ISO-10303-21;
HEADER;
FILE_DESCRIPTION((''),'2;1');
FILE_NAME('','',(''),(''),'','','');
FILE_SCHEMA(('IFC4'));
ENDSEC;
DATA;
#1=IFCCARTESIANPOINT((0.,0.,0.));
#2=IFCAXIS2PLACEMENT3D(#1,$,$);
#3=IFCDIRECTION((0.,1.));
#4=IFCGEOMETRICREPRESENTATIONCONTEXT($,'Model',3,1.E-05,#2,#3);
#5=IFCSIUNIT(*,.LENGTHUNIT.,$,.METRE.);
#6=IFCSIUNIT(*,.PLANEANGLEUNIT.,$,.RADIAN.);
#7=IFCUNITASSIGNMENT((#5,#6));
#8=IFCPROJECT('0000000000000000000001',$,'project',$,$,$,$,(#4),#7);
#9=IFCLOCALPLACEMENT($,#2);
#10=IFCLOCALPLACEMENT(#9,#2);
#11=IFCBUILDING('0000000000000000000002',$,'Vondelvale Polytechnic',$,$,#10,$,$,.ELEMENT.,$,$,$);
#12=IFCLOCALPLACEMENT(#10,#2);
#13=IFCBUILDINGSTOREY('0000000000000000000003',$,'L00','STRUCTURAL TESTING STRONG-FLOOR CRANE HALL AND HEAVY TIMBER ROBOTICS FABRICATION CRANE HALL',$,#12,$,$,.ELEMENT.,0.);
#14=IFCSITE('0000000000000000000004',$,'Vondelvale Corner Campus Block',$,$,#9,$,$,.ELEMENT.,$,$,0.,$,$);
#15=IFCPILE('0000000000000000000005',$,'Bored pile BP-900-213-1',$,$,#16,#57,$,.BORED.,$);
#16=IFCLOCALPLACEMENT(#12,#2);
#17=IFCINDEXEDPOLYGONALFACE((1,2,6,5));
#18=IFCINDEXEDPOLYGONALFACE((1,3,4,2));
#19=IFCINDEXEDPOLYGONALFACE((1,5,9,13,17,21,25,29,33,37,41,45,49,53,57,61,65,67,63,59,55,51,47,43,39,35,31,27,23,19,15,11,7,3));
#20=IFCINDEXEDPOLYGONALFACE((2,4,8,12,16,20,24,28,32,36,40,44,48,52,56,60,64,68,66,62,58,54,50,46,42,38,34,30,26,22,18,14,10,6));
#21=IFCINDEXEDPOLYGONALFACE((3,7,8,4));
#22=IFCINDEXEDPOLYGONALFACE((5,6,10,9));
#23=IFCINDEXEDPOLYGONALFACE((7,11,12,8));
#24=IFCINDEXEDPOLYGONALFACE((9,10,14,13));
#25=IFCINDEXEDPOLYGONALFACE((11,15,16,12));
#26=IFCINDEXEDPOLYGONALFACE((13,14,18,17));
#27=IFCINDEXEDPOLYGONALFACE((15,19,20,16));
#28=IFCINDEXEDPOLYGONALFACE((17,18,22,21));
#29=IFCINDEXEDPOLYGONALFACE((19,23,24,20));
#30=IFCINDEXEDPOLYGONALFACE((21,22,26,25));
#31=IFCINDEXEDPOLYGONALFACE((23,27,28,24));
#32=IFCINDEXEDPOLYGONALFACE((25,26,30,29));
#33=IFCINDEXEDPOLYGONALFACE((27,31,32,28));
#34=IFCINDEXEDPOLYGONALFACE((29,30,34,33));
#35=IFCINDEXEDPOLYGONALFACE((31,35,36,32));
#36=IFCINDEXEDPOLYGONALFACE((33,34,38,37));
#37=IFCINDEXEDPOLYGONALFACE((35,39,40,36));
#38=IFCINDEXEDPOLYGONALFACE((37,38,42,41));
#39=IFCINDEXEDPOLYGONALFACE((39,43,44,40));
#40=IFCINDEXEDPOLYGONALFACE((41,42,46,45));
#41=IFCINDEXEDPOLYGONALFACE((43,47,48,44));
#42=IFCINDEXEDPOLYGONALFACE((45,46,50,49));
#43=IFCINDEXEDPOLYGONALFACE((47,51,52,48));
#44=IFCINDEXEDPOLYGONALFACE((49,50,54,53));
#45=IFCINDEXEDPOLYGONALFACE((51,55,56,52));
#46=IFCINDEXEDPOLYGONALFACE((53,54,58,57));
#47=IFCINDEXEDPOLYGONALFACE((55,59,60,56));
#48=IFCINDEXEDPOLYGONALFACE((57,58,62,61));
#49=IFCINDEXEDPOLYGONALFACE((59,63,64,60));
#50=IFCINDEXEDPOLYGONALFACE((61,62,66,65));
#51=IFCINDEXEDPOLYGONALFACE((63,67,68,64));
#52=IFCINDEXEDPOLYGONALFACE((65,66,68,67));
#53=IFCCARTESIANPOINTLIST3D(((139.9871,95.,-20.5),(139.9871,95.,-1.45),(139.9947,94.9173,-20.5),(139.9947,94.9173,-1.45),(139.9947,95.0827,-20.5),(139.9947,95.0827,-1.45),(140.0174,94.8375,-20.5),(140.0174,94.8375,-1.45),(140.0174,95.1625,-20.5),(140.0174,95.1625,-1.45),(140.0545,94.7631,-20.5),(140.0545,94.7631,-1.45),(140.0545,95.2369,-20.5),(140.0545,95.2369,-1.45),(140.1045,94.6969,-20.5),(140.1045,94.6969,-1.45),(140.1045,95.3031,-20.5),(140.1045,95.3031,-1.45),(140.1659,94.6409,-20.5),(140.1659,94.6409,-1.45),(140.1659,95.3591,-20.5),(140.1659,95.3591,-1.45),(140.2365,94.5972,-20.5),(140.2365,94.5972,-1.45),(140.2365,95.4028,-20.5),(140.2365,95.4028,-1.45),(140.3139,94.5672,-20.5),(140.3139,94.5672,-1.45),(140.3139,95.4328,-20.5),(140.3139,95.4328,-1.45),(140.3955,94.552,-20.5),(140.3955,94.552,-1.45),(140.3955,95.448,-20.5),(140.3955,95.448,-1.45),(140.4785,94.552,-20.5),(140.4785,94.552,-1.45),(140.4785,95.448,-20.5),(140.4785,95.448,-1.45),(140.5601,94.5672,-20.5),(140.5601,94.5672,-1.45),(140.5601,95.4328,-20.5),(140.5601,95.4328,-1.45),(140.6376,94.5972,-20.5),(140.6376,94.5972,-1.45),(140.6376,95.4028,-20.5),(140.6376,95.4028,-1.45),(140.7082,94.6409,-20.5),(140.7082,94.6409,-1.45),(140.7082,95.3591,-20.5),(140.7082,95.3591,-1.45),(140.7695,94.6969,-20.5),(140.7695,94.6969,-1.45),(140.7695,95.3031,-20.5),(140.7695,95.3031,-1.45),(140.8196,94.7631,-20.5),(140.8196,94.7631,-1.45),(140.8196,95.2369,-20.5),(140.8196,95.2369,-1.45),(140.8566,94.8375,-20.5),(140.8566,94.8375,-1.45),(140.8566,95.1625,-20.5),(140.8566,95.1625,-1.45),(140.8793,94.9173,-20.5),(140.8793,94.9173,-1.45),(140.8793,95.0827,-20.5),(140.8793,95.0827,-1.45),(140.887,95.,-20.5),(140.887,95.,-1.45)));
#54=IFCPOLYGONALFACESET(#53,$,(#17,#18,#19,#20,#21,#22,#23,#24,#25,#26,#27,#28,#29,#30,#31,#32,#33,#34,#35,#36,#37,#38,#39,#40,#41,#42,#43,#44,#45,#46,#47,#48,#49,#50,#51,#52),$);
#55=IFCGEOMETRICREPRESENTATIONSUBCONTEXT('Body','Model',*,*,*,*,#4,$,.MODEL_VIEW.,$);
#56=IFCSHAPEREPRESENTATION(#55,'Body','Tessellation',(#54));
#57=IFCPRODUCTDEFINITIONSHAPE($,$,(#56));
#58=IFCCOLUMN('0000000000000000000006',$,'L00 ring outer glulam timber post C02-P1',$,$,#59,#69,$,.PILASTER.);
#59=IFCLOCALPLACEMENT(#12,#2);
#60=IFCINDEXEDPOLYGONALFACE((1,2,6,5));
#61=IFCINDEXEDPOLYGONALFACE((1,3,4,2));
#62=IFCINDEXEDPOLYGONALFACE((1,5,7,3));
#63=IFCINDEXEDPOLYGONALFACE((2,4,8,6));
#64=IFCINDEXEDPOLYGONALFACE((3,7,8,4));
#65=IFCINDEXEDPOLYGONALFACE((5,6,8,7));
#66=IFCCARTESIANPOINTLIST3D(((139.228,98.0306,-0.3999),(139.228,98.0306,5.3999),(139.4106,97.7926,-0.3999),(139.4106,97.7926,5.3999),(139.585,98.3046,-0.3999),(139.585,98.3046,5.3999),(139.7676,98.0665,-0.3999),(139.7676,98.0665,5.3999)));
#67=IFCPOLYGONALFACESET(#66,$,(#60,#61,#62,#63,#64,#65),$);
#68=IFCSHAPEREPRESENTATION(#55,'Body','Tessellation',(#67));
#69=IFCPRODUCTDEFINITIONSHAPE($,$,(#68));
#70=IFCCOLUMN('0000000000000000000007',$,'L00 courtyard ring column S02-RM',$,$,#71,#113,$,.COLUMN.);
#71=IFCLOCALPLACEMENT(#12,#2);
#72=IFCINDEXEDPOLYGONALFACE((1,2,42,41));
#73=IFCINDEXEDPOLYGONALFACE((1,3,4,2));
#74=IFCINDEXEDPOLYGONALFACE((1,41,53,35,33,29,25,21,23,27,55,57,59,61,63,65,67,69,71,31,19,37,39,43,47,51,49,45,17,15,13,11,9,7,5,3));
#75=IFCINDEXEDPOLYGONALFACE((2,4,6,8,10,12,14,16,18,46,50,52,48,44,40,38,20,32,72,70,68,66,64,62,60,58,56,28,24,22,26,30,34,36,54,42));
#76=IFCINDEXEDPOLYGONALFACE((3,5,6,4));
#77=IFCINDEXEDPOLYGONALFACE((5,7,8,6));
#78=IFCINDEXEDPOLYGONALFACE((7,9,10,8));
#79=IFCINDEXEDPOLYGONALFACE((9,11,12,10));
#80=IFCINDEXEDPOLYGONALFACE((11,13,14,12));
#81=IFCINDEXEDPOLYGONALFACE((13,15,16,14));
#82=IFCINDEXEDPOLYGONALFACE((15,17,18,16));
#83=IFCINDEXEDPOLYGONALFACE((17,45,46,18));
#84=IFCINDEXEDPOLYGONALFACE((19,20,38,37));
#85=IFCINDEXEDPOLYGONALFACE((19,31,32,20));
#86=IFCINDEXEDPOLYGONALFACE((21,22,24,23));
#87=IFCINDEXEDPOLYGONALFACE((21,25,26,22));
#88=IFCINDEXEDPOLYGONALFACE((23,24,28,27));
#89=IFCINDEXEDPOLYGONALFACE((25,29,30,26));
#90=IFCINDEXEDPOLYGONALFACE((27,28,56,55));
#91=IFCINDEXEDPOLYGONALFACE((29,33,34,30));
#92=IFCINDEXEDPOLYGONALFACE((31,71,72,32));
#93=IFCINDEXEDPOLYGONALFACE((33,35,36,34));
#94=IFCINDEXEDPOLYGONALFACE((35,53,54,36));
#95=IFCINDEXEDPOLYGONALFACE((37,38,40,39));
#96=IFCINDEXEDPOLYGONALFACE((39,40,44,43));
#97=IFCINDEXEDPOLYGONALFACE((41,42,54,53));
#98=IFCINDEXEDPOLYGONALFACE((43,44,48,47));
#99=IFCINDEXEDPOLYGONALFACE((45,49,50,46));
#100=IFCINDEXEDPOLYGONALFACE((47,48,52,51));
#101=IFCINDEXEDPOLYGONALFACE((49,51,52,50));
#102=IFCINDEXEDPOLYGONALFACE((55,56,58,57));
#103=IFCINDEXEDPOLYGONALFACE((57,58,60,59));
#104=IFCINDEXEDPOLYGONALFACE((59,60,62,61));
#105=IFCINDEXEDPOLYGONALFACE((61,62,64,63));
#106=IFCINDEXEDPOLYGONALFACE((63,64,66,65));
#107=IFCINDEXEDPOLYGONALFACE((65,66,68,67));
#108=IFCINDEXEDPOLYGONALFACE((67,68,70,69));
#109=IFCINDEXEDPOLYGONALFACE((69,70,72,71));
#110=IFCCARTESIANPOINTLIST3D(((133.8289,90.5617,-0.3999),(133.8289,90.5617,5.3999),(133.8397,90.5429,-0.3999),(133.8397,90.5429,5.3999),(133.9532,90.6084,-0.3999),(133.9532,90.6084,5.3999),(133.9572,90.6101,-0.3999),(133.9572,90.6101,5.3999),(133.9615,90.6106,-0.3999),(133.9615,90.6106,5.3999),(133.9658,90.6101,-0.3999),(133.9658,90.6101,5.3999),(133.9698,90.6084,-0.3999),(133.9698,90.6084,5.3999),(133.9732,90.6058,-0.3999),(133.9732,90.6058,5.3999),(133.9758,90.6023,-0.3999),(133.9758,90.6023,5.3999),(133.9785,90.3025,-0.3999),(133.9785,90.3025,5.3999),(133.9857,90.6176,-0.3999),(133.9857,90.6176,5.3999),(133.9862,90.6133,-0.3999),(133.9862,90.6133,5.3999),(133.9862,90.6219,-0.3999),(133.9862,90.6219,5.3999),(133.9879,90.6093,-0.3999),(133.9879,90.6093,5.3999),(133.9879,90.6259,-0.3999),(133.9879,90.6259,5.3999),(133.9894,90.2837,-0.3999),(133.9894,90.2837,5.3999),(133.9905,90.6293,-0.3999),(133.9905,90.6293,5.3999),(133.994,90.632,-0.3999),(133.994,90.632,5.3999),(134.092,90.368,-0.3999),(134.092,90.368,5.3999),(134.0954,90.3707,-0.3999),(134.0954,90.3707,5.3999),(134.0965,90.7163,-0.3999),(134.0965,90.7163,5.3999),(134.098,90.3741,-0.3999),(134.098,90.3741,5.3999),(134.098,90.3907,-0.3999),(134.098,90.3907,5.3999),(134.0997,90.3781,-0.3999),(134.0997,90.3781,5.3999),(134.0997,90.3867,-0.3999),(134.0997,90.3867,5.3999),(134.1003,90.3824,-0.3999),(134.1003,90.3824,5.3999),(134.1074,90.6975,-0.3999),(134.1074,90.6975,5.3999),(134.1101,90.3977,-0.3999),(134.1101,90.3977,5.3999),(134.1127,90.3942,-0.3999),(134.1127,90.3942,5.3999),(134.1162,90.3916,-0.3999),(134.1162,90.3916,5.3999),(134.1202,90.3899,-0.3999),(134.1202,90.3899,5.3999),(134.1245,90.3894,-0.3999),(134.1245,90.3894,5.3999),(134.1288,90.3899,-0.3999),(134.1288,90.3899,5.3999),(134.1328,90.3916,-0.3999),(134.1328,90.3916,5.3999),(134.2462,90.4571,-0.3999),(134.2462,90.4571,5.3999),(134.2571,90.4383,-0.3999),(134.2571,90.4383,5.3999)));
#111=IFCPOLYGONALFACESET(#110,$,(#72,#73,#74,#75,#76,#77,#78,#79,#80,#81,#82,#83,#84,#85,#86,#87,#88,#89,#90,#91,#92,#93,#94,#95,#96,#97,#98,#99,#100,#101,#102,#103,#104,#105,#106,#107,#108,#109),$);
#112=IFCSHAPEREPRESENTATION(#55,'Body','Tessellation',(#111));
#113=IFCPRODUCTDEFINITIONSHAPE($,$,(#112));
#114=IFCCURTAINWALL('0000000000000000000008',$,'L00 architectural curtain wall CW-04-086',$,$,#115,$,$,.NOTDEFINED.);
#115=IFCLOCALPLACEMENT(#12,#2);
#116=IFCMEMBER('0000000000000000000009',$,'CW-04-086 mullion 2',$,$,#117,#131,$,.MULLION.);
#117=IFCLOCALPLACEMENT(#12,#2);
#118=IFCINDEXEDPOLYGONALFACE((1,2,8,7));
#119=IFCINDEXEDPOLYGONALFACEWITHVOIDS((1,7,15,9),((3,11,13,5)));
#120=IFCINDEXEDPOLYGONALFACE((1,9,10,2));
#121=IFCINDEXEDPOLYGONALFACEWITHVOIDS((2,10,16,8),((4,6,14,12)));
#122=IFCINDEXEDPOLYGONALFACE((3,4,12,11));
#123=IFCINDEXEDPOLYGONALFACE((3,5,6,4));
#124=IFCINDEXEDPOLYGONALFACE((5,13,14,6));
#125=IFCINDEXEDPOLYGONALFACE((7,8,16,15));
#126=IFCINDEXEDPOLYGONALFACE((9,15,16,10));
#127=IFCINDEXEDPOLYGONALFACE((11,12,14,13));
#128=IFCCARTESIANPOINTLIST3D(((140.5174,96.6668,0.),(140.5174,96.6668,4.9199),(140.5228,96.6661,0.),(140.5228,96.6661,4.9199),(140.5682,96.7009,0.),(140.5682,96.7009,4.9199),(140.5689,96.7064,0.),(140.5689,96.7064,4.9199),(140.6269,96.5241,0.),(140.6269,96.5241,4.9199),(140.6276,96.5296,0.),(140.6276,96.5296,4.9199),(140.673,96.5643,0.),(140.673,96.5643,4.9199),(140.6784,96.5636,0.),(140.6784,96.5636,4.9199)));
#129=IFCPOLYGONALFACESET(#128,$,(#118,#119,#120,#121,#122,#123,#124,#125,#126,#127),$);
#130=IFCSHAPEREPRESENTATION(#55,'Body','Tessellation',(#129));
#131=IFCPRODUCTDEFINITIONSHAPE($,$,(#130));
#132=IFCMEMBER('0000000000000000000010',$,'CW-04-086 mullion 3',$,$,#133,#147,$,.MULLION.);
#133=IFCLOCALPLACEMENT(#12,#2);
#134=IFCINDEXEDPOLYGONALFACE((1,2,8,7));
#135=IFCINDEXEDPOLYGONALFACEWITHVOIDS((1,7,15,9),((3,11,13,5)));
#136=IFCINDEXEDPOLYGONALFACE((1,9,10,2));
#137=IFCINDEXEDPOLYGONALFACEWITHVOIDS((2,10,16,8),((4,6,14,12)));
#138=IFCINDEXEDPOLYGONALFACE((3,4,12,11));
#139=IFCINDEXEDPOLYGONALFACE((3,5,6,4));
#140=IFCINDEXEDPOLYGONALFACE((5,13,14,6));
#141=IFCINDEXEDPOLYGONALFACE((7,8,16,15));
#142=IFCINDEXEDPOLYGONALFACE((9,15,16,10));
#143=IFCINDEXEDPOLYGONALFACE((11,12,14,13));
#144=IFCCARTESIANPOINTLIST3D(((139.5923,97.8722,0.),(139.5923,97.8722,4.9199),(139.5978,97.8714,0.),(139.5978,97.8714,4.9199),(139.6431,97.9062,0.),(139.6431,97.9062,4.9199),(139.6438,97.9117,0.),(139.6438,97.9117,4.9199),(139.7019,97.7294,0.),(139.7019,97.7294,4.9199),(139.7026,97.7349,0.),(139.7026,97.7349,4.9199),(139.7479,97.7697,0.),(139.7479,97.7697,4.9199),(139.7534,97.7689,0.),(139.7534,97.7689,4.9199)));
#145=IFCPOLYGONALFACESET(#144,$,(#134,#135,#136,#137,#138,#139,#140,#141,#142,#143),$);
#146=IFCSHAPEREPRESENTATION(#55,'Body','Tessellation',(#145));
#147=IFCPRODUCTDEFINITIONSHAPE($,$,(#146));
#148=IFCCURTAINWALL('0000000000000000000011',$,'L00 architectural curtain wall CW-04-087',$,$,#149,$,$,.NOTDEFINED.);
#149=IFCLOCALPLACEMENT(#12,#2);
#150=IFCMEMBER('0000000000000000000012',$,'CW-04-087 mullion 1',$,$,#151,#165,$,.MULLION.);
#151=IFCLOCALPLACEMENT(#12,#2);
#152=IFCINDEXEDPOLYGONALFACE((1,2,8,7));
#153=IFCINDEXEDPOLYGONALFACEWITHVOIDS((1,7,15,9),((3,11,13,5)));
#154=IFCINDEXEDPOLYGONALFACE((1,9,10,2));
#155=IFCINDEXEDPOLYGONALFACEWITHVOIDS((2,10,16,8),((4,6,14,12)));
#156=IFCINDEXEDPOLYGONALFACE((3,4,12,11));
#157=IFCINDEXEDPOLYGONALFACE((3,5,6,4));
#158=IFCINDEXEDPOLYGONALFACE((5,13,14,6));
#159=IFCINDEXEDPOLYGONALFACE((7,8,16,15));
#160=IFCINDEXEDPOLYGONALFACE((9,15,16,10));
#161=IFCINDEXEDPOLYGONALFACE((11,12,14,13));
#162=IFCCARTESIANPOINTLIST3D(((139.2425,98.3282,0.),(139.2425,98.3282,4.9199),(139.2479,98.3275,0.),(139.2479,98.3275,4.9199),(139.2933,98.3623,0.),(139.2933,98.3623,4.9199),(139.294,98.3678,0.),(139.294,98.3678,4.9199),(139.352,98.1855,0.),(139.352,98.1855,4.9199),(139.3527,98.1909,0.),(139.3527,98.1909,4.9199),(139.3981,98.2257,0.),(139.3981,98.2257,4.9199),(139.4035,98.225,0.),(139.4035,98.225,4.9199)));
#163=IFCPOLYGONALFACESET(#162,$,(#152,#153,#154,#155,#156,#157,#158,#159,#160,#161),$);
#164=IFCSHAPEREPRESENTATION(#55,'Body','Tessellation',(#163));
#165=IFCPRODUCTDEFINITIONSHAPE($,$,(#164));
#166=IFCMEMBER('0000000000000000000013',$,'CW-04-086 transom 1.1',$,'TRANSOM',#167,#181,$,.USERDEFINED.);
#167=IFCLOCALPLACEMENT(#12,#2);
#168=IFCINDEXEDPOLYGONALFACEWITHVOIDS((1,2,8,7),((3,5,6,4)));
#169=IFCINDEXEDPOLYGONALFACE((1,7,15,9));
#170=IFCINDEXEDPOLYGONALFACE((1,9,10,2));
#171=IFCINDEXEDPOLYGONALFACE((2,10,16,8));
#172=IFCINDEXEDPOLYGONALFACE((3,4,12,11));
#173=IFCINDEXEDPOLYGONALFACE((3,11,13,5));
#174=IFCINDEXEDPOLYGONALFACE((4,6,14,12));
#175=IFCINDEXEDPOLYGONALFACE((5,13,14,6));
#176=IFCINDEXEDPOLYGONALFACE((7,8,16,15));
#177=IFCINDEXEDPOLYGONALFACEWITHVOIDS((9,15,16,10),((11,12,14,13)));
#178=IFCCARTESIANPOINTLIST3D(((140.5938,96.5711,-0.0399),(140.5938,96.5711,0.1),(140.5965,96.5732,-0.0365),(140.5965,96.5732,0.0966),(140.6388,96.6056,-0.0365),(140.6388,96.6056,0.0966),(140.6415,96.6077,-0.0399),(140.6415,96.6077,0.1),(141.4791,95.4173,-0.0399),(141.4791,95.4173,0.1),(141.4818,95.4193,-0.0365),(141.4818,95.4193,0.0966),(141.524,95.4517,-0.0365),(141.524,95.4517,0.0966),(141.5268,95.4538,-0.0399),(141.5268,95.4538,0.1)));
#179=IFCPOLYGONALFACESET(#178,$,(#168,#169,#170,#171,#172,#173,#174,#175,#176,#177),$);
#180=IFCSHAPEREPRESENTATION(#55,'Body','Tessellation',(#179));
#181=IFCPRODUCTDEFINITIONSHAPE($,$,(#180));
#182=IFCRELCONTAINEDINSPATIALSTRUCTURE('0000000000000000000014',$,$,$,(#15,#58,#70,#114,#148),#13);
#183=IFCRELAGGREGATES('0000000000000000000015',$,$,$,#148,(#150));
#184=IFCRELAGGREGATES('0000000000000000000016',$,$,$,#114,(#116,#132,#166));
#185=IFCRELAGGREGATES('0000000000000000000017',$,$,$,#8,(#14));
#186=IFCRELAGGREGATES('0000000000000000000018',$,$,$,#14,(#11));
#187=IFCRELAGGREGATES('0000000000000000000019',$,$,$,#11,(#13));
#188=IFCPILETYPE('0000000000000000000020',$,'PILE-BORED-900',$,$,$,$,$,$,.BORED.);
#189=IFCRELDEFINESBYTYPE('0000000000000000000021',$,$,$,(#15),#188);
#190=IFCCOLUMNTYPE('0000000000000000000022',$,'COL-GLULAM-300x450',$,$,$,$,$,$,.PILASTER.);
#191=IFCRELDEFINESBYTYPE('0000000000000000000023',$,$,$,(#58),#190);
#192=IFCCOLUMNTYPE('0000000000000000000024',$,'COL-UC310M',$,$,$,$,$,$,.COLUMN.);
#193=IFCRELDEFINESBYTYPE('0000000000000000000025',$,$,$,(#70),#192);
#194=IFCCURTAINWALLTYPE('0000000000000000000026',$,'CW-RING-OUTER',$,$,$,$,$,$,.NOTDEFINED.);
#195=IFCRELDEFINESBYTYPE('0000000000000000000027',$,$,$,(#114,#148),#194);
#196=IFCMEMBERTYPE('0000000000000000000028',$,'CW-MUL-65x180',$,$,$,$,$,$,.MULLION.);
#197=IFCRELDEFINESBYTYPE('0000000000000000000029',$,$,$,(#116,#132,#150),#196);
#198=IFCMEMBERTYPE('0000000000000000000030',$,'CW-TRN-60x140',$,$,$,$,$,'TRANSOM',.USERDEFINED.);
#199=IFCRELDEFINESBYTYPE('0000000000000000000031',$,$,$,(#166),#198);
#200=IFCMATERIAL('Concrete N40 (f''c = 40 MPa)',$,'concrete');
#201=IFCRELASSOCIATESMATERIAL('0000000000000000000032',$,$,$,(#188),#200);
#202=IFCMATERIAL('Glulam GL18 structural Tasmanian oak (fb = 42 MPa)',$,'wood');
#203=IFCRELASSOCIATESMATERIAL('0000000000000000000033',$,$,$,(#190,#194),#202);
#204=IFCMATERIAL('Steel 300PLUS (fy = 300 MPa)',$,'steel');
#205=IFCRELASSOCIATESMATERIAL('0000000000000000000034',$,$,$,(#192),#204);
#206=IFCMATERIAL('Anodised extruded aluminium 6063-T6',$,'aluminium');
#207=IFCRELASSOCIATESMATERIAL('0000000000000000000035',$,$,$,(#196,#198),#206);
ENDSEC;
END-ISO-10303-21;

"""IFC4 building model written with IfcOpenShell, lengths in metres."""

from ifc_helpers import new_model, si_unit, direction, frame, origin, origin_2d, place, context, subcontext, project, spatial, rectangle, hollow_rectangle, circle, i_section, extrude, material, material_profile, profile_set, type_object, element, aggregate, save


model = new_model("IFC4")

# Units and contexts
model_context = context("Model", 3, precision=1e-05, world=origin(), true_north=direction((0.0, 1.0)))
body_context = subcontext(model_context, "Body", "Model", "MODEL_VIEW")
ifc_project = project(units=[si_unit("LENGTHUNIT", "METRE"), si_unit("PLANEANGLEUNIT", "RADIAN")], contexts=[model_context])

# Site, building, storey
site_placement = place(None, origin())
site = spatial("IfcSite", under=ifc_project, at=site_placement, Name="Vondelvale Corner Campus Block", CompositionType="ELEMENT", RefElevation=0.0)
building_placement = place(site_placement, origin())
building = spatial("IfcBuilding", under=site, at=building_placement, Name="Vondelvale Polytechnic", CompositionType="ELEMENT")
storey_placement = place(building_placement, origin())
storey = spatial("IfcBuildingStorey", under=building, at=storey_placement, Name="L00", Description="STRUCTURAL TESTING STRONG-FLOOR CRANE HALL AND HEAVY TIMBER ROBOTICS FABRICATION CRANE HALL", CompositionType="ELEMENT", Elevation=0.0)

# Shared definitions
ifc_material_1 = material(Name="Concrete N40 (f'c = 40 MPa)", Category="concrete")

# Pile
ifc_material_profile_1 = material_profile(ifc_material_1, circle(Radius=0.45, at=origin_2d()), Name="PILE-D900")
ifc_profile_set_1 = profile_set([ifc_material_profile_1], Name="Concrete N40 (f'c = 40 MPa)")
pile_type_1 = type_object("IfcPileType", Name="PILE-BORED-900", PredefinedType="BORED", material=ifc_profile_set_1)
for number, where, z_axis, x_axis, name in (
    (1, (140.437, 95.0, -1.45), (0.0, 0.0, -1.0), (1.0, 0.0, 0.0), "Bored pile BP-900-213-1"),
):
    element("IfcPile", number, at=place(storey_placement, frame(where, z_axis=z_axis, x_axis=x_axis)), inside=storey, type_object=pile_type_1, Name=name, PredefinedType="BORED", context=body_context, shape_type="SweptSolid", body=[
        extrude(circle(Radius=0.45, at=origin_2d()), origin(), (0.0, 0.0, 1.0), 19.05),
    ])

# Columns
ifc_material_2 = material(Name="Glulam GL18 structural Tasmanian oak (fb = 42 MPa)", Category="wood")
ifc_material_profile_2 = material_profile(ifc_material_2, rectangle(XDim=0.3, YDim=0.45, at=origin_2d()), Name="GL-POST-300x450")
ifc_profile_set_2 = profile_set([ifc_material_profile_2], Name="Glulam GL18 structural Tasmanian oak (fb = 42 MPa)")
column_type_1 = type_object("IfcColumnType", Name="COL-GLULAM-300x450", PredefinedType="PILASTER", material=ifc_profile_set_2)
column_1_placement = place(storey_placement, frame((139.4978, 98.0486, -0.3999), z_axis=(0.0, 0.0, 1.0), x_axis=(-0.608761, 0.793353, 0.0)))
element("IfcColumn", 2, at=column_1_placement, inside=storey, type_object=column_type_1, Name="L00 ring outer glulam timber post C02-P1", PredefinedType="PILASTER", context=body_context, shape_type="SweptSolid", body=[
    extrude(rectangle(XDim=0.3, YDim=0.45, at=origin_2d()), origin(), (0.0, 0.0, 1.0), 5.7998),
])
ifc_material_3 = material(Name="Steel 300PLUS (fy = 300 MPa)", Category="steel")
ifc_material_profile_3 = material_profile(ifc_material_3, i_section(OverallWidth=0.3091, OverallDepth=0.321, WebThickness=0.0139, FlangeThickness=0.0217, FilletRadius=0.0166, at=origin_2d()), Name="310UC137")
ifc_profile_set_3 = profile_set([ifc_material_profile_3], Name="Steel 300PLUS (fy = 300 MPa)")
column_type_2 = type_object("IfcColumnType", Name="COL-UC310M", PredefinedType="COLUMN", material=ifc_profile_set_3)
column_2_placement = place(storey_placement, frame((134.043, 90.5, -0.3999), z_axis=(0.0, 0.0, 1.0), x_axis=(0.866025, 0.5, 0.0)))
element("IfcColumn", 3, at=column_2_placement, inside=storey, type_object=column_type_2, Name="L00 courtyard ring column S02-RM", PredefinedType="COLUMN", context=body_context, shape_type="SweptSolid", body=[
    extrude(i_section(OverallWidth=0.3091, OverallDepth=0.321, WebThickness=0.0139, FlangeThickness=0.0217, FilletRadius=0.0166, at=origin_2d()), origin(), (0.0, 0.0, 1.0), 5.7998),
])

# Curtain wall, members
curtain_wall_type = type_object("IfcCurtainWallType", Name="CW-RING-OUTER", PredefinedType="NOTDEFINED", material=ifc_material_2)
curtain_wall_1_placement = place(storey_placement, origin())
curtain_wall_1 = element("IfcCurtainWall", 4, at=curtain_wall_1_placement, inside=storey, type_object=curtain_wall_type, Name="L00 architectural curtain wall CW-04-086", PredefinedType="NOTDEFINED")
ifc_material_4 = material(Name="Anodised extruded aluminium 6063-T6", Category="aluminium")
ifc_material_profile_4 = material_profile(ifc_material_4, hollow_rectangle(XDim=0.0649, YDim=0.1799, WallThickness=0.0039, at=origin_2d()), Name="CW-MUL-180x65")
ifc_profile_set_4 = profile_set([ifc_material_profile_4], Name="Anodised extruded aluminium 6063-T6")
member_type_1 = type_object("IfcMemberType", Name="CW-MUL-65x180", PredefinedType="MULLION", material=ifc_profile_set_4)
member_1_placement = place(storey_placement, frame((140.5979, 96.6152, 0.0), z_axis=(0.0, 0.0, 1.0), x_axis=(-0.793352, -0.608764, 0.0)))
member_1 = element("IfcMember", 5, at=member_1_placement, type_object=member_type_1, Name="CW-04-086 mullion 2", PredefinedType="MULLION", context=body_context, shape_type="SweptSolid", body=[
    extrude(hollow_rectangle(XDim=0.0649, YDim=0.1799, WallThickness=0.0039, at=origin_2d()), origin(), (0.0, 0.0, 1.0), 4.9199),
])
member_2_placement = place(storey_placement, frame((139.6729, 97.8206, 0.0), z_axis=(0.0, 0.0, 1.0), x_axis=(-0.793352, -0.608764, 0.0)))
member_2 = element("IfcMember", 6, at=member_2_placement, type_object=member_type_1, Name="CW-04-086 mullion 3", PredefinedType="MULLION", context=body_context, shape_type="SweptSolid", body=[
    extrude(hollow_rectangle(XDim=0.0649, YDim=0.1799, WallThickness=0.0039, at=origin_2d()), origin(), (0.0, 0.0, 1.0), 4.9199),
])

# Curtain wall, member
curtain_wall_2_placement = place(storey_placement, origin())
curtain_wall_2 = element("IfcCurtainWall", 7, at=curtain_wall_2_placement, inside=storey, type_object=curtain_wall_type, Name="L00 architectural curtain wall CW-04-087", PredefinedType="NOTDEFINED")
member_3_placement = place(storey_placement, frame((139.323, 98.2766, 0.0), z_axis=(0.0, 0.0, 1.0), x_axis=(-0.793346, -0.608771, 0.0)))
member_3 = element("IfcMember", 8, at=member_3_placement, type_object=member_type_1, Name="CW-04-087 mullion 1", PredefinedType="MULLION", context=body_context, shape_type="SweptSolid", body=[
    extrude(hollow_rectangle(XDim=0.0649, YDim=0.1799, WallThickness=0.0039, at=origin_2d()), origin(), (0.0, 0.0, 1.0), 4.9199),
])

# Member
ifc_material_profile_5 = material_profile(ifc_material_4, hollow_rectangle(XDim=0.0601, YDim=0.1399, WallThickness=0.0034, at=origin_2d()), Name="CW-TRN-140x60")
ifc_profile_set_5 = profile_set([ifc_material_profile_5], Name="Anodised extruded aluminium 6063-T6")
member_type_2 = type_object("IfcMemberType", Name="CW-TRN-60x140", ElementType="TRANSOM", PredefinedType="USERDEFINED", material=ifc_profile_set_5)
member_4_placement = place(storey_placement, frame((141.5029, 95.4355, 0.03), z_axis=(-0.608721, 0.793385, 0.0), x_axis=(-0.793385, -0.608721, 0.0)))
member_4 = element("IfcMember", 9, at=member_4_placement, type_object=member_type_2, Name="CW-04-086 transom 1.1", ObjectType="TRANSOM", PredefinedType="USERDEFINED", context=body_context, shape_type="SweptSolid", body=[
    extrude(hollow_rectangle(XDim=0.0601, YDim=0.1399, WallThickness=0.0034, at=origin_2d()), origin(), (0.0, 0.0, 1.0), 1.4543),
])
aggregate(curtain_wall_2, [member_3])

aggregate(curtain_wall_1, [member_1, member_2, member_4])

save(model, "model.ifc")
